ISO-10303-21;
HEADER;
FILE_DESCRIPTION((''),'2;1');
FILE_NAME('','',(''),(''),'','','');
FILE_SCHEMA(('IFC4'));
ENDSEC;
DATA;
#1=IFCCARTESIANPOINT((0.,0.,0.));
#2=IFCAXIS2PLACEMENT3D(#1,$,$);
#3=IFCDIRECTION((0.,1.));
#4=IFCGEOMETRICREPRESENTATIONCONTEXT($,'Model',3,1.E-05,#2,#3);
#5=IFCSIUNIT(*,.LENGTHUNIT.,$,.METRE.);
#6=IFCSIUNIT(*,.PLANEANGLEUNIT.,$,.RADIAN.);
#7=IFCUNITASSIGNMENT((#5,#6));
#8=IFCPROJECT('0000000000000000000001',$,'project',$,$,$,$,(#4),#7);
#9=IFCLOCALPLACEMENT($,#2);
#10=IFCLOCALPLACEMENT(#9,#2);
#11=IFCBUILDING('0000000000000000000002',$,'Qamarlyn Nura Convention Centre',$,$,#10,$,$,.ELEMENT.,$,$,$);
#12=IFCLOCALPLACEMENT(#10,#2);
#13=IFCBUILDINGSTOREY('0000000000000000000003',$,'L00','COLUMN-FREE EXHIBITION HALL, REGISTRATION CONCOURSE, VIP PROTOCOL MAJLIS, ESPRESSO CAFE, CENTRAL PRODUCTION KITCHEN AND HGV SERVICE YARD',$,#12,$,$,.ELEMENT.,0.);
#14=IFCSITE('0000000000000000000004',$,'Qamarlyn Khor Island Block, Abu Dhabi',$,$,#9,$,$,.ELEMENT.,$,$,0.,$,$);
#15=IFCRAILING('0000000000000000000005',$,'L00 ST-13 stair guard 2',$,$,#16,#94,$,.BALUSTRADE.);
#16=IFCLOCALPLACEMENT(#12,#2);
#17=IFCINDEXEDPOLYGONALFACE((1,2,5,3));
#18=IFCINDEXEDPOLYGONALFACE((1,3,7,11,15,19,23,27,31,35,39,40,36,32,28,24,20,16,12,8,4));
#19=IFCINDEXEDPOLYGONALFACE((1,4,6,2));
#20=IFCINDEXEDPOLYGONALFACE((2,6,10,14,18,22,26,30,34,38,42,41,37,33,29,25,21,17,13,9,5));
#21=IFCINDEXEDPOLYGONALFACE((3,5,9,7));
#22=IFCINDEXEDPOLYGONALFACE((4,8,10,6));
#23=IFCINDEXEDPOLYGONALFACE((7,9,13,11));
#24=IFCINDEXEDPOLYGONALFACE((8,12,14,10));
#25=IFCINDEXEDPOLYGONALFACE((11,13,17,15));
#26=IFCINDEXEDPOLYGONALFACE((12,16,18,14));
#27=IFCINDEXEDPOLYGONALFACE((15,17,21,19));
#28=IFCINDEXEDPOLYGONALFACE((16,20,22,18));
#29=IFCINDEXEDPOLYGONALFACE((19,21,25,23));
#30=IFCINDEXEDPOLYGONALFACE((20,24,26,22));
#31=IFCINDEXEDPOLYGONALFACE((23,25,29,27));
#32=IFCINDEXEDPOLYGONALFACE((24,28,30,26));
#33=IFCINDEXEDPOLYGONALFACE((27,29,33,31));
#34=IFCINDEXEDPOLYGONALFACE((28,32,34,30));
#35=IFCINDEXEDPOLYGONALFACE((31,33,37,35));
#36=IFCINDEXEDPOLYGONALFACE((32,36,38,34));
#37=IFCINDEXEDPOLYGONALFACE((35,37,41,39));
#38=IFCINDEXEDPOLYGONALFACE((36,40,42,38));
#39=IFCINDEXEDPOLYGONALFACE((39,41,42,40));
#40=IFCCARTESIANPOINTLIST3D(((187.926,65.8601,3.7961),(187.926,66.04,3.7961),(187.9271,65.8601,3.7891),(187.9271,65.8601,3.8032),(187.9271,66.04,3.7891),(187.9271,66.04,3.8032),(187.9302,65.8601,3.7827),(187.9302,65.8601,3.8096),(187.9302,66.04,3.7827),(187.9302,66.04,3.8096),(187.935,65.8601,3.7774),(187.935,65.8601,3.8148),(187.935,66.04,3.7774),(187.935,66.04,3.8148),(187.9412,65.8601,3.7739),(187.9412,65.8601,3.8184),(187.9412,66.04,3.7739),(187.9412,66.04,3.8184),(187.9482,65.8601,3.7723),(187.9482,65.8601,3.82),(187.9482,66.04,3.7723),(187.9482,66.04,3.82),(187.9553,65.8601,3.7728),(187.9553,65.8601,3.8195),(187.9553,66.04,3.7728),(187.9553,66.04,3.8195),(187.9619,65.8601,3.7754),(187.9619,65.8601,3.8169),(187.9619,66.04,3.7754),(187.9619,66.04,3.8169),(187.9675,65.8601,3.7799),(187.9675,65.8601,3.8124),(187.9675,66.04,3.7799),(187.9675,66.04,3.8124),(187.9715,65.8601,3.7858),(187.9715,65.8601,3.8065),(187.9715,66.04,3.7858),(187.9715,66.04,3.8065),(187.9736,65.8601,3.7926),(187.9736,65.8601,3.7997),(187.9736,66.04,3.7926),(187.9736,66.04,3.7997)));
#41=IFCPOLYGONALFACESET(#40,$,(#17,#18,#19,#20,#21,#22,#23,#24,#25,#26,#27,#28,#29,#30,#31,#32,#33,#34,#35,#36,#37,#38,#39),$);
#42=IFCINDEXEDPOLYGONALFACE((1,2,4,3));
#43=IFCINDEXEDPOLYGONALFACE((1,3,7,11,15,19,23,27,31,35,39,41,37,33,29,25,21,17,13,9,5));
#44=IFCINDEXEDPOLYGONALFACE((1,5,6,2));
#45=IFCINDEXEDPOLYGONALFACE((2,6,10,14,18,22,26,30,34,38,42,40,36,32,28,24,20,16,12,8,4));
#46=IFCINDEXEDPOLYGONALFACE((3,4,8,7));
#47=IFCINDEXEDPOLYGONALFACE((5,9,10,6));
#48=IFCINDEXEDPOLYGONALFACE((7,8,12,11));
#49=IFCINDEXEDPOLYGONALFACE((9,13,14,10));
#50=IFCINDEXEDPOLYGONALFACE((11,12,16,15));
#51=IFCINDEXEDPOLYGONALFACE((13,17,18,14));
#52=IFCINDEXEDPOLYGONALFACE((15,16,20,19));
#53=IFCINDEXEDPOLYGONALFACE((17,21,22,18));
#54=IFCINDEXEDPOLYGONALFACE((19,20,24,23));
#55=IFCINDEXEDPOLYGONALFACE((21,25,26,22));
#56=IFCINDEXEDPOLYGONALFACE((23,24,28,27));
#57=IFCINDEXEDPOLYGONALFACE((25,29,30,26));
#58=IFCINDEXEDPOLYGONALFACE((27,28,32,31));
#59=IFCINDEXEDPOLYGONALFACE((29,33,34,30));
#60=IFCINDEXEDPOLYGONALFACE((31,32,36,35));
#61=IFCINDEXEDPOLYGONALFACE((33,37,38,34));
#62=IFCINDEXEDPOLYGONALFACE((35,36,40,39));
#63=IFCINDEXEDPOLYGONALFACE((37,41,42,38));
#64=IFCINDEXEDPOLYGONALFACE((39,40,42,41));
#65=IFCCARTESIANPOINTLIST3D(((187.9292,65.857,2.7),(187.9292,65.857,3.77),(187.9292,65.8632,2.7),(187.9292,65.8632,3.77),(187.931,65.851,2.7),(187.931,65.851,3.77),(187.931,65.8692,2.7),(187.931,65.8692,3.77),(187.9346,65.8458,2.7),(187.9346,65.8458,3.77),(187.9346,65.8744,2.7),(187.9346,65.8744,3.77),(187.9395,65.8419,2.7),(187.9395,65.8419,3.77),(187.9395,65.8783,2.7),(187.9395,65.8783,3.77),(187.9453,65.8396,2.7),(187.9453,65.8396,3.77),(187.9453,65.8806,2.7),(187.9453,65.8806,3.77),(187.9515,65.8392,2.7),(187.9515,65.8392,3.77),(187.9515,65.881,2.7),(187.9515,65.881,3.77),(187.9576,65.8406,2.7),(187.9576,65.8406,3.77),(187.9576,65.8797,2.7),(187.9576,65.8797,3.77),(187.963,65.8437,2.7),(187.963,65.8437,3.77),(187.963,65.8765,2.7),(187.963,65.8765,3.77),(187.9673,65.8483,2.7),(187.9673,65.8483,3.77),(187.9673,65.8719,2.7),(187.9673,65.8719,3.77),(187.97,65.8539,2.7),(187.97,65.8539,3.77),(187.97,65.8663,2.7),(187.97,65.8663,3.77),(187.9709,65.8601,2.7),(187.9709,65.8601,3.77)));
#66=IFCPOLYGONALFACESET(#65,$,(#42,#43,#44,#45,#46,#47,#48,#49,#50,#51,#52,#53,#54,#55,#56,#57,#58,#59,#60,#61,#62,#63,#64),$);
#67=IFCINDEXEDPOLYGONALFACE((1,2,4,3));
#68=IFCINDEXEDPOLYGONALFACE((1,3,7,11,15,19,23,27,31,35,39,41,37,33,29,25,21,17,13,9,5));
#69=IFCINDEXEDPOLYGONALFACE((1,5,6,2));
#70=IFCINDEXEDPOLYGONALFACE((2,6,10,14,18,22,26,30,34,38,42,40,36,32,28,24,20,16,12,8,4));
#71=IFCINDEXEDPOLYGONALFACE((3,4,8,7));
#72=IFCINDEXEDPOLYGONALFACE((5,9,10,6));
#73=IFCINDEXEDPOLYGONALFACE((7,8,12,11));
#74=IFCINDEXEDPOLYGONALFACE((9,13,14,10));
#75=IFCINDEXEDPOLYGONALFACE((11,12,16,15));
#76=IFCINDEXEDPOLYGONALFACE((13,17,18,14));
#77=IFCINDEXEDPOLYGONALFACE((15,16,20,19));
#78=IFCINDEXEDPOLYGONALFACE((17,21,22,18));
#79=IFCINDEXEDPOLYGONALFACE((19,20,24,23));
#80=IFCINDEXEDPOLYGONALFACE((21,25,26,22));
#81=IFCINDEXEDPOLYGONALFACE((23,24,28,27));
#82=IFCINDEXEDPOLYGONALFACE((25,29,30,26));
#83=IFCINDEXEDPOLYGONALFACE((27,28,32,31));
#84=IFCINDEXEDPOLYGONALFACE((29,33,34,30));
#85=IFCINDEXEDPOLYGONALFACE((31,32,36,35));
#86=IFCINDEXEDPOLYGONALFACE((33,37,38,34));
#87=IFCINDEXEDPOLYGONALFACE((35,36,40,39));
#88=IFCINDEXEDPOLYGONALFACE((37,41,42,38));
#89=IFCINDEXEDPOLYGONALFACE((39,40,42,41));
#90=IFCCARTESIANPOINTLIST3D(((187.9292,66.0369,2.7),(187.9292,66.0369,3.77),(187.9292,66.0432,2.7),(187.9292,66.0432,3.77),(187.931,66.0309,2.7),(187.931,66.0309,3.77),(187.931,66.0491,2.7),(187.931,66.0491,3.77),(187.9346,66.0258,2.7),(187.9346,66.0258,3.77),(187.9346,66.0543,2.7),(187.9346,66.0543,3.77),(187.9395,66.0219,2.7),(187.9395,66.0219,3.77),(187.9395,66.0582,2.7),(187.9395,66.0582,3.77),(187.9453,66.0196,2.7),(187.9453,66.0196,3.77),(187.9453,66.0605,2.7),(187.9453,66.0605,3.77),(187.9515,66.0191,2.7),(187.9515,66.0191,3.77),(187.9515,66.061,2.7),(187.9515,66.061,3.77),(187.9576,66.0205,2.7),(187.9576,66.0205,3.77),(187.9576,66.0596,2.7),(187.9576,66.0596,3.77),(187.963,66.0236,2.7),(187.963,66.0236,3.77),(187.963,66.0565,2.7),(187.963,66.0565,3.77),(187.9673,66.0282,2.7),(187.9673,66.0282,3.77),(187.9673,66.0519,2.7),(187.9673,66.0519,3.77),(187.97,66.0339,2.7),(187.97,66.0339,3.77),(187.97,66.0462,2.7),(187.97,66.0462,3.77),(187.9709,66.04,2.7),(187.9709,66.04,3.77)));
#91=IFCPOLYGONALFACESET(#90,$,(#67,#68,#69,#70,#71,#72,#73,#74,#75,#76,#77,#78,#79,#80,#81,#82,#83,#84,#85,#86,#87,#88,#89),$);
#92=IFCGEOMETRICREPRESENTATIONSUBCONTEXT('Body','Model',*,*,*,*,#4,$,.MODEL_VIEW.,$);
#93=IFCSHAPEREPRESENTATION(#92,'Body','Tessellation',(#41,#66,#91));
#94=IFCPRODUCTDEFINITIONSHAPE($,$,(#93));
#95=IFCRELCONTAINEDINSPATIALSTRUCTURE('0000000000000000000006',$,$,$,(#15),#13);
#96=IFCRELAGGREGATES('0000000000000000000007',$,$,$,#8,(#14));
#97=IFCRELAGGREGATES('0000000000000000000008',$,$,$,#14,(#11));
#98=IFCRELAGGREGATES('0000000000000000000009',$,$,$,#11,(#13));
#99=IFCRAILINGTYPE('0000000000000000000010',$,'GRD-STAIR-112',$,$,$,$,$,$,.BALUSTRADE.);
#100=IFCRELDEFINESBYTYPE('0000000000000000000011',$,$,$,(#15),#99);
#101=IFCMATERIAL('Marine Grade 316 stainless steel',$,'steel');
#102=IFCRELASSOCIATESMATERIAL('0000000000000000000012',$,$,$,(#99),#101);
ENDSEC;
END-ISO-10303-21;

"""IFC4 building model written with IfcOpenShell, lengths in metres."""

from ifc_helpers import new_model, si_unit, direction, frame, origin, origin_2d, place, context, subcontext, project, spatial, circle, extrude, material, type_object, element, save


model = new_model("IFC4")

# Units and contexts
model_context = context("Model", 3, precision=1e-05, world=origin(), true_north=direction((0.0, 1.0)))
body_context = subcontext(model_context, "Body", "Model", "MODEL_VIEW")
ifc_project = project(units=[si_unit("LENGTHUNIT", "METRE"), si_unit("PLANEANGLEUNIT", "RADIAN")], contexts=[model_context])

# Site, building, storey
site_placement = place(None, origin())
site = spatial("IfcSite", under=ifc_project, at=site_placement, Name="Qamarlyn Khor Island Block, Abu Dhabi", CompositionType="ELEMENT", RefElevation=0.0)
building_placement = place(site_placement, origin())
building = spatial("IfcBuilding", under=site, at=building_placement, Name="Qamarlyn Nura Convention Centre", CompositionType="ELEMENT")
storey_placement = place(building_placement, origin())
storey = spatial("IfcBuildingStorey", under=building, at=storey_placement, Name="L00", Description="COLUMN-FREE EXHIBITION HALL, REGISTRATION CONCOURSE, VIP PROTOCOL MAJLIS, ESPRESSO CAFE, CENTRAL PRODUCTION KITCHEN AND HGV SERVICE YARD", CompositionType="ELEMENT", Elevation=0.0)

# Shared definitions
ifc_material_1 = material(Name="Marine Grade 316 stainless steel", Category="steel")

# Railing
railing_type_1 = type_object("IfcRailingType", Name="GRD-STAIR-112", PredefinedType="BALUSTRADE", material=ifc_material_1)
railing_1_placement = place(storey_placement, frame((187.95, 65.8601, 2.7)))
element("IfcRailing", 1, at=railing_1_placement, inside=storey, type_object=railing_type_1, Name="L00 ST-13 stair guard 2", PredefinedType="BALUSTRADE", context=body_context, shape_type="SweptSolid", body=[
    extrude(circle(Radius=0.0239, at=origin_2d()), frame((0.0, 0.0, 1.0962), z_axis=(0.0, 1.0, 0.0), x_axis=(-1.0, 0.0, 0.0)), (0.0, 0.0, 1.0), 0.1799),
    extrude(circle(Radius=0.021, at=origin_2d()), origin(), (0.0, 0.0, 1.0), 1.0701),
    extrude(circle(Radius=0.021, at=origin_2d()), frame((0.0, 0.1799, 0.0)), (0.0, 0.0, 1.0), 1.0701),
])

save(model, "model.ifc")
